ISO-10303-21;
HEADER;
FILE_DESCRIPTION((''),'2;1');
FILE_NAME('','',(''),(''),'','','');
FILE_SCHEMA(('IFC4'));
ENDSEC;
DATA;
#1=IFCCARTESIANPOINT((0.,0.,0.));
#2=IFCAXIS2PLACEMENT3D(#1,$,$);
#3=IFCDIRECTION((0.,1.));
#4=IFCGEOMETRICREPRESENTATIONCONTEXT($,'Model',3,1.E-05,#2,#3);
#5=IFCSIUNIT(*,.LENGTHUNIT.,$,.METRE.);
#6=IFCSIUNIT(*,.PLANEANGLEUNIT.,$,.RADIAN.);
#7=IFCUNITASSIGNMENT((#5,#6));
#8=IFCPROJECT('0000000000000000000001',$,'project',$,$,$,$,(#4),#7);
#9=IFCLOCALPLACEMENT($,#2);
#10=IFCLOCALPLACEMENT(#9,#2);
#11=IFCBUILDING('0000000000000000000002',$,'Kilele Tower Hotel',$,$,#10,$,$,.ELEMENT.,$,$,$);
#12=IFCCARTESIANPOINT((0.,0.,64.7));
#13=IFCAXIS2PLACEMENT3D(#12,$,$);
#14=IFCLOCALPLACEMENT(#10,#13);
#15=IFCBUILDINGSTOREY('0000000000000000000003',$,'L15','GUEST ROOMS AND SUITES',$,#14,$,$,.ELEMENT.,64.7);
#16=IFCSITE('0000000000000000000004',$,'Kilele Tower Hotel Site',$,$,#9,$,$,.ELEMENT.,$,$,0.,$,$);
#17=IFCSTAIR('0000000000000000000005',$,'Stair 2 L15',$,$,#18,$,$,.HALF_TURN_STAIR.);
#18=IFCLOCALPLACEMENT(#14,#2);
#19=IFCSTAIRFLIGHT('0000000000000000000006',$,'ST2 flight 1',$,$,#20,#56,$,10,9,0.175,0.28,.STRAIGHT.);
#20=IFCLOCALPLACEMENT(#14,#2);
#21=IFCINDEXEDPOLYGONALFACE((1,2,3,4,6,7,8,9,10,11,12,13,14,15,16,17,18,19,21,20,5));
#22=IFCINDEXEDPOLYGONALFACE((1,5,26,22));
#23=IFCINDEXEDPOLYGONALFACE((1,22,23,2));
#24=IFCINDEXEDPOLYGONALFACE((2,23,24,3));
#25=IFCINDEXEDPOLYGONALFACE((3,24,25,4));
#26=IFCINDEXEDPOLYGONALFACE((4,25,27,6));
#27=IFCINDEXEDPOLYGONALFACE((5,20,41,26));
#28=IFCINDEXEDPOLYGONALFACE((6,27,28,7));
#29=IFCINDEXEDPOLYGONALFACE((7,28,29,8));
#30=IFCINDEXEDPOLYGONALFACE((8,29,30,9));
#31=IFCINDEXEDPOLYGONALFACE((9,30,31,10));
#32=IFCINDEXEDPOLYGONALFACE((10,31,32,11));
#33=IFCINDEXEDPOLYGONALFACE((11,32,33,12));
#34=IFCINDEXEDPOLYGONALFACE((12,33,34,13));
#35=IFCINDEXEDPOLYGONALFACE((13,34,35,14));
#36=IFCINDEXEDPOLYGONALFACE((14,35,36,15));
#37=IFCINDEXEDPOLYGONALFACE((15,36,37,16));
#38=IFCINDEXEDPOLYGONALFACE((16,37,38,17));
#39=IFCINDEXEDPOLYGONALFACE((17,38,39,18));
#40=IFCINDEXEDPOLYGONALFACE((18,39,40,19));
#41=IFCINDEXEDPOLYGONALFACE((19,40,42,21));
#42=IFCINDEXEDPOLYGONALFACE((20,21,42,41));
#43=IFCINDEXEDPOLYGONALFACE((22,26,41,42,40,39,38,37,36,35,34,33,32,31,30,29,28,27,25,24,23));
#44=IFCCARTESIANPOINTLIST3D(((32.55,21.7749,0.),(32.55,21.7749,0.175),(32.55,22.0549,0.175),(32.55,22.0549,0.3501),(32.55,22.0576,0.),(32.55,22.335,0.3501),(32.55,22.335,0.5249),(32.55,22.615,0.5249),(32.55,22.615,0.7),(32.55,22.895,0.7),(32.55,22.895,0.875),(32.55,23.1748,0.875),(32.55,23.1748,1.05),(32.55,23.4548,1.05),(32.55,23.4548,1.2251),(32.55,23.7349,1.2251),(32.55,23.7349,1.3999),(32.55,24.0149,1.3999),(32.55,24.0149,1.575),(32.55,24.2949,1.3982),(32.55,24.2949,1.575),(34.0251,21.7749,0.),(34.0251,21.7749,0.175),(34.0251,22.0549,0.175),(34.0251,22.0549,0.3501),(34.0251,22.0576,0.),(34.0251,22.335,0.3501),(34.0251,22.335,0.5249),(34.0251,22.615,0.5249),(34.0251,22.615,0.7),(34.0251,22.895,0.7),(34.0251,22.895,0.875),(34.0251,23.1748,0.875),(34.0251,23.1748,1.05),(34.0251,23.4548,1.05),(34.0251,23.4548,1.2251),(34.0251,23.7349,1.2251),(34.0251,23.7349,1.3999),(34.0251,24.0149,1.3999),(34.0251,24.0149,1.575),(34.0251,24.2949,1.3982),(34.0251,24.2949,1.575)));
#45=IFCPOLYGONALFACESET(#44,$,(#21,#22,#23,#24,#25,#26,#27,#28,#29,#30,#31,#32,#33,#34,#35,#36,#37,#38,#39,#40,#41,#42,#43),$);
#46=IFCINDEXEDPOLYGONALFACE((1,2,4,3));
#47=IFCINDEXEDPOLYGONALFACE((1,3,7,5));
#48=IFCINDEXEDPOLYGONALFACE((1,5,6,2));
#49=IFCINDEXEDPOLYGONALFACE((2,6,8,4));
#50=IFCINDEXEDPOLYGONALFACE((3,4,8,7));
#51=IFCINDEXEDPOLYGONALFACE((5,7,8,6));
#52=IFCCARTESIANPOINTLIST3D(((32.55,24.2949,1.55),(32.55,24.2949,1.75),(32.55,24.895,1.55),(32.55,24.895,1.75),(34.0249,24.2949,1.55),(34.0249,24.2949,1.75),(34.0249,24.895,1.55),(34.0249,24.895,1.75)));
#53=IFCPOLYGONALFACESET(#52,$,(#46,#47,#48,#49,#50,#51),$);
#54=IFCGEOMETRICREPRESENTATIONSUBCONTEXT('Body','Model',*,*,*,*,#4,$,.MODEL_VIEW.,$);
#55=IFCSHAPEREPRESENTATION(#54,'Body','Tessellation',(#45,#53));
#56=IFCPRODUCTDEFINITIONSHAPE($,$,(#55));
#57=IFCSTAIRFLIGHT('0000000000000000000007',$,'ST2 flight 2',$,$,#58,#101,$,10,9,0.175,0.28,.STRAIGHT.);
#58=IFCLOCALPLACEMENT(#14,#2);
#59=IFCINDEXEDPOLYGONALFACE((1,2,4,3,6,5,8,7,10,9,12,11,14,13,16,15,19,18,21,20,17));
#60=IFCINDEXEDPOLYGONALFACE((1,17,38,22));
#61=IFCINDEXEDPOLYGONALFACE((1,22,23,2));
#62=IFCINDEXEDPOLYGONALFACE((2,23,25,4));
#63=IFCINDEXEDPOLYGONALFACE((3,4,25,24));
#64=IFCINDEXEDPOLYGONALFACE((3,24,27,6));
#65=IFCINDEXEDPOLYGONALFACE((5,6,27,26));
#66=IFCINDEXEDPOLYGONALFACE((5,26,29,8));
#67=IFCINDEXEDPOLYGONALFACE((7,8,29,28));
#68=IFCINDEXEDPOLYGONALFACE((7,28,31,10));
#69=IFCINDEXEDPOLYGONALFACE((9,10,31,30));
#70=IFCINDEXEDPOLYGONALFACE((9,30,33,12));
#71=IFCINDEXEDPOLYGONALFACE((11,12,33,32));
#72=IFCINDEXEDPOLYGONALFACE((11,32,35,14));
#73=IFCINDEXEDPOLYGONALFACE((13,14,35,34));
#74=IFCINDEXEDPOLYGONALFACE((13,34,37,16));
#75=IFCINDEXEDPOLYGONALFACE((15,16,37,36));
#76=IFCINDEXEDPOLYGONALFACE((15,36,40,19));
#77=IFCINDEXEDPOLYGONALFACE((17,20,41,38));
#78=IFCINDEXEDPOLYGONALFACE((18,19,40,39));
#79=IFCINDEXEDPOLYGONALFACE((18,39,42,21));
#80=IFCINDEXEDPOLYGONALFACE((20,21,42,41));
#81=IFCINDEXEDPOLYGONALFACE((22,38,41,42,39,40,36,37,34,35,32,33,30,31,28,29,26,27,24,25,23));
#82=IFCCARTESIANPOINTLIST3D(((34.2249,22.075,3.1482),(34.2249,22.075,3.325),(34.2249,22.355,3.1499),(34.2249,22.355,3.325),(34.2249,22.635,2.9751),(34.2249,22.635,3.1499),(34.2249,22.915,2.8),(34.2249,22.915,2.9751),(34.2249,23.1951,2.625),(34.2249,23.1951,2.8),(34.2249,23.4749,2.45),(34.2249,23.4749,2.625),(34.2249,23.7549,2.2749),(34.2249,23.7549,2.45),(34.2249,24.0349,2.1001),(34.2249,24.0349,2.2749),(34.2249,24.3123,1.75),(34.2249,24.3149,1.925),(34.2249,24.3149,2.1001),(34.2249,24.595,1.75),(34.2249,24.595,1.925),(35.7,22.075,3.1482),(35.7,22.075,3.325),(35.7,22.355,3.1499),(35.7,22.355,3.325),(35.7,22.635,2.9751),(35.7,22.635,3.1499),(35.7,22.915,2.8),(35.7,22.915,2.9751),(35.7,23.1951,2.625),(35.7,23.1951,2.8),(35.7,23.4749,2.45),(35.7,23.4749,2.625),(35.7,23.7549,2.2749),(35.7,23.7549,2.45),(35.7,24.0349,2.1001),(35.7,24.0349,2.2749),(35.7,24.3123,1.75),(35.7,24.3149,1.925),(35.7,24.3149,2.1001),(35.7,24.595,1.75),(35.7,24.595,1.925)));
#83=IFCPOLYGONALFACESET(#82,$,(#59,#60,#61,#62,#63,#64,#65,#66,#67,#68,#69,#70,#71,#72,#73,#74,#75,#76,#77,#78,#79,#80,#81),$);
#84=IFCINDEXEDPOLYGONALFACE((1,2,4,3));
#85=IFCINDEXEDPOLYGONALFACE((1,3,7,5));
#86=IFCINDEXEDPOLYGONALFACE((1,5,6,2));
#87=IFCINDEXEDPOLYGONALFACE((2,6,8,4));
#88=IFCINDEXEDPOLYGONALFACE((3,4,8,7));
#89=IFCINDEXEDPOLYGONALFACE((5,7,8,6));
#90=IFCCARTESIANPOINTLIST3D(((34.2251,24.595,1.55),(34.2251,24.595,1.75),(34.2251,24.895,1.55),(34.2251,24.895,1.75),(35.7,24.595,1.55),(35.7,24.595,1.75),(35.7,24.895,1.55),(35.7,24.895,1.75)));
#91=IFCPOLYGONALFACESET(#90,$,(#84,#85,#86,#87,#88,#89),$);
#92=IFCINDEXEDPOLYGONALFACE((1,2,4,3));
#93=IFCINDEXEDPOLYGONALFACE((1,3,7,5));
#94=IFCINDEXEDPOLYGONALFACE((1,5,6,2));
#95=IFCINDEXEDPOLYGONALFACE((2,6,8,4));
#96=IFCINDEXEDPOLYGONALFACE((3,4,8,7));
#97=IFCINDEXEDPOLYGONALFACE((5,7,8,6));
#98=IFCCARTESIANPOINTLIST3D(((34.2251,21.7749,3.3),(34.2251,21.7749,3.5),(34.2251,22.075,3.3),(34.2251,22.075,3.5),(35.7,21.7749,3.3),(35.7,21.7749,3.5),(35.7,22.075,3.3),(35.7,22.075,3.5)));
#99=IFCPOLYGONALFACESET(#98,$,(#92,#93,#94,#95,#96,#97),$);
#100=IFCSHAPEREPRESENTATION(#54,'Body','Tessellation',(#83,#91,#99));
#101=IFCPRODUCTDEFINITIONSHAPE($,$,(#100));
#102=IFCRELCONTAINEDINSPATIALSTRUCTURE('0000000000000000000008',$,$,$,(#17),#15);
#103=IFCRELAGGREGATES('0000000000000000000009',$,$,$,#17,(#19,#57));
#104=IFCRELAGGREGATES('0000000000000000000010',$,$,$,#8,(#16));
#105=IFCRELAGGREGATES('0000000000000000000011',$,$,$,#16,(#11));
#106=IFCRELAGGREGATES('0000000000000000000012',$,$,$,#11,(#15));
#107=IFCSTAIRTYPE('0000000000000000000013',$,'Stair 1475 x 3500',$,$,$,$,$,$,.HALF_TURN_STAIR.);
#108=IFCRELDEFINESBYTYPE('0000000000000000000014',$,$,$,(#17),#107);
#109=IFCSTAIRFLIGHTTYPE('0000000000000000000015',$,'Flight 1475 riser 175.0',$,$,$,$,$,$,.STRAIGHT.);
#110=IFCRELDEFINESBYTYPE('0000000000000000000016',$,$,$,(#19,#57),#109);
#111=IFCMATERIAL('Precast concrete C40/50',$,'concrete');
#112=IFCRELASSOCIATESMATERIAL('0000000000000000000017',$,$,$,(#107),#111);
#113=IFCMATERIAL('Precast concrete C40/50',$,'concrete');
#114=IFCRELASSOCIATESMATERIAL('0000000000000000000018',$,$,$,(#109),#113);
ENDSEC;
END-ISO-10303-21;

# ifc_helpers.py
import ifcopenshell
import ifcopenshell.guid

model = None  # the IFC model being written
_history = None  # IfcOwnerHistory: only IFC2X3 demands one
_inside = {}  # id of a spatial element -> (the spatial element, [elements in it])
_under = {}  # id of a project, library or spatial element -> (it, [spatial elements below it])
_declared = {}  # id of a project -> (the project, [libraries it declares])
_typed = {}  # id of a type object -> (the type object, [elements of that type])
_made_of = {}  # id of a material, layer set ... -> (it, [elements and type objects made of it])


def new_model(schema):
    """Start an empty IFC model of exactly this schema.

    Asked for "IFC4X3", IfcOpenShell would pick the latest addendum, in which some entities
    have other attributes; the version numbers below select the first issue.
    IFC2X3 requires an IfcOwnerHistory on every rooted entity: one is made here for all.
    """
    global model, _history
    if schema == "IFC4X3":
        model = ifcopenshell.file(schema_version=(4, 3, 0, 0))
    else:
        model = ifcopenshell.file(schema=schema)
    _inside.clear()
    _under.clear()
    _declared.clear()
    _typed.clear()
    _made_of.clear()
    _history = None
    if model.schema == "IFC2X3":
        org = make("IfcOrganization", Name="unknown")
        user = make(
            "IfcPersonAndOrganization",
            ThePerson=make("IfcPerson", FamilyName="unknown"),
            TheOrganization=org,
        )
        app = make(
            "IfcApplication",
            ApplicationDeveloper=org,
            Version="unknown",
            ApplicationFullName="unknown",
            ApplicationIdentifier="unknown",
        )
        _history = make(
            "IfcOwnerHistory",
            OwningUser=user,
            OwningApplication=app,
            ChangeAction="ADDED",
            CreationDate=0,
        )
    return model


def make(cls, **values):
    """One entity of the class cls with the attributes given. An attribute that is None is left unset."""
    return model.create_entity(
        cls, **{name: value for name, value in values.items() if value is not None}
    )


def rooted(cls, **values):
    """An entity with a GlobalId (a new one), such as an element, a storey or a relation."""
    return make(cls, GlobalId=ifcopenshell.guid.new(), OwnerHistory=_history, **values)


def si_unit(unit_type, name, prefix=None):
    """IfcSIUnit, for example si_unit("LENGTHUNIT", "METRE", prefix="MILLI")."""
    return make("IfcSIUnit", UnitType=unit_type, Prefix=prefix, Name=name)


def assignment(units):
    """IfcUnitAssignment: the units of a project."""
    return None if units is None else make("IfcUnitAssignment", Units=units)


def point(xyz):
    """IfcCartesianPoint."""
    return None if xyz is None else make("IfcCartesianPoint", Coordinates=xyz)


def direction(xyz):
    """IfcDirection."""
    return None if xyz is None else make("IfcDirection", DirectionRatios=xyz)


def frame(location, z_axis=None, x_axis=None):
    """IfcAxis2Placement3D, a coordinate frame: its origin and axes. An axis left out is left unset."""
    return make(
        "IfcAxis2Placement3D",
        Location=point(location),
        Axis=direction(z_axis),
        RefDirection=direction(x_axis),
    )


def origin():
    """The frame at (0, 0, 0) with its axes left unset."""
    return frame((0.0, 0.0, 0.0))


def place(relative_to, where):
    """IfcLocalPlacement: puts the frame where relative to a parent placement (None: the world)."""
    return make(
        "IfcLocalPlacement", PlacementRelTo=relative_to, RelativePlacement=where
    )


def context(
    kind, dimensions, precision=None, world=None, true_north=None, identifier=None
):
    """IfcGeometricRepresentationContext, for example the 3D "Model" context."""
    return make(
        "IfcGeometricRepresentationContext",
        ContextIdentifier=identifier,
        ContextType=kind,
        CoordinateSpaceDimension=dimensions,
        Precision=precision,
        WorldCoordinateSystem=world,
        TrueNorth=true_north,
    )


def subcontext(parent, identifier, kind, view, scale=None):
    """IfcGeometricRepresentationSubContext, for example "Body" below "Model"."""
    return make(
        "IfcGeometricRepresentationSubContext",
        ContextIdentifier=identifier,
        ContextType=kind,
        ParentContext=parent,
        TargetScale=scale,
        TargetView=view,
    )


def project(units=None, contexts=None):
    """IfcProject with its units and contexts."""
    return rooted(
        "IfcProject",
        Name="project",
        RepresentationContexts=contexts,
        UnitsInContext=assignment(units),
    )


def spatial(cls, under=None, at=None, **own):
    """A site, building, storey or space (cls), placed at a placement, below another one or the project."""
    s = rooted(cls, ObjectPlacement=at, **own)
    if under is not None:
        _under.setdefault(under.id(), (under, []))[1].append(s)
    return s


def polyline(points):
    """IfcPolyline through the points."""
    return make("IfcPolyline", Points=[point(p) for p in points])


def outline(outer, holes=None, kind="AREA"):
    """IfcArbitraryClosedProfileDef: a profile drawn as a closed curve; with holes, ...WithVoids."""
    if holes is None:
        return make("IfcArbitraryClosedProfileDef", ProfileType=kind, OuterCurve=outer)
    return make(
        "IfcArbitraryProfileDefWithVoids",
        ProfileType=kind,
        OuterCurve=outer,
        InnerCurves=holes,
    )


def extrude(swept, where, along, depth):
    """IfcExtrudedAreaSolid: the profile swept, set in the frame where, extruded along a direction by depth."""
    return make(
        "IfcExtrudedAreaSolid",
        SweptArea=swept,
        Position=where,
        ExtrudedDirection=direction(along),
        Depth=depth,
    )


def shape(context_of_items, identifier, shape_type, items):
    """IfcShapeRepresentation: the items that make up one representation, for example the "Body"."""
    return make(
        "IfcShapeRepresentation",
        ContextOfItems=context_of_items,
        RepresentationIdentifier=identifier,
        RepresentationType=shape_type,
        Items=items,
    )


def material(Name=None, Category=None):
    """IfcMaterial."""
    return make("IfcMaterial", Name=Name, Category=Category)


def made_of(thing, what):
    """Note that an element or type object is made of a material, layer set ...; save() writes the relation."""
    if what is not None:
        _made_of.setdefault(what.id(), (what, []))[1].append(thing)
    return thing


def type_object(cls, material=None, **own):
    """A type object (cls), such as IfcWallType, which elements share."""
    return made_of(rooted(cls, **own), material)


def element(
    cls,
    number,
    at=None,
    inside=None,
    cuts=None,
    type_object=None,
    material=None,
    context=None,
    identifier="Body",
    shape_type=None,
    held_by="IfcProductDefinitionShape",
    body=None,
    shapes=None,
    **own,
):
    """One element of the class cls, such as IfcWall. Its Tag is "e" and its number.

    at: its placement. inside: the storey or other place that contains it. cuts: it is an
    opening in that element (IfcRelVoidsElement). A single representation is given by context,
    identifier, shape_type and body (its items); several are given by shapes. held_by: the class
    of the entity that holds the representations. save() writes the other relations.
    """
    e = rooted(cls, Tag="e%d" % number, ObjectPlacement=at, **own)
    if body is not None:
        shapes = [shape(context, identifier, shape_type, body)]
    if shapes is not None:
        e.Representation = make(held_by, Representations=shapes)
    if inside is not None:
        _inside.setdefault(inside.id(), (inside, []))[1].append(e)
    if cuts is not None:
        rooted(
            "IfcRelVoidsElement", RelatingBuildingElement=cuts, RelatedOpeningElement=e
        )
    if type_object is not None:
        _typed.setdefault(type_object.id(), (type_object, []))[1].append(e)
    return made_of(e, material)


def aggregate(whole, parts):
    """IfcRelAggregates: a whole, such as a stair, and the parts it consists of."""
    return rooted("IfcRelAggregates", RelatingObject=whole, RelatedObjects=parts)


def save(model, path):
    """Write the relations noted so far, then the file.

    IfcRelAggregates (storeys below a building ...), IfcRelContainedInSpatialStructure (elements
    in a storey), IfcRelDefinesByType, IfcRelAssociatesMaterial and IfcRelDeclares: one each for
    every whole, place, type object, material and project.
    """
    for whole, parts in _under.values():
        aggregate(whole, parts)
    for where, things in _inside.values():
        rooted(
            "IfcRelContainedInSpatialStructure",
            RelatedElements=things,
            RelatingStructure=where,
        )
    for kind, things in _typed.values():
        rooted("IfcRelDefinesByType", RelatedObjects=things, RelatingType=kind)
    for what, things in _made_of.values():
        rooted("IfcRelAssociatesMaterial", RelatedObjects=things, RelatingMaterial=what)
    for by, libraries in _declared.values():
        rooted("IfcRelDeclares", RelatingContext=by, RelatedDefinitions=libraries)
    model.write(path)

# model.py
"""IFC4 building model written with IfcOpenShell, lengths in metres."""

from ifc_helpers import new_model, si_unit, direction, frame, origin, place, context, subcontext, project, spatial, polyline, outline, extrude, material, type_object, element, aggregate, save


model = new_model("IFC4")

# Units and contexts
model_context = context("Model", 3, precision=1e-05, world=origin(), true_north=direction((0.0, 1.0)))
body_context = subcontext(model_context, "Body", "Model", "MODEL_VIEW")
ifc_project = project(units=[si_unit("LENGTHUNIT", "METRE"), si_unit("PLANEANGLEUNIT", "RADIAN")], contexts=[model_context])

# Site, building, storey
site_placement = place(None, origin())
site = spatial("IfcSite", under=ifc_project, at=site_placement, Name="Kilele Tower Hotel Site", CompositionType="ELEMENT", RefElevation=0.0)
building_placement = place(site_placement, origin())
building = spatial("IfcBuilding", under=site, at=building_placement, Name="Kilele Tower Hotel", CompositionType="ELEMENT")
storey_placement = place(building_placement, frame((0.0, 0.0, 64.7)))
storey = spatial("IfcBuildingStorey", under=building, at=storey_placement, Name="L15", Description="GUEST ROOMS AND SUITES", CompositionType="ELEMENT", Elevation=64.7)

# Stair, stair flights
ifc_material_1 = material(Name="Precast concrete C40/50", Category="concrete")
stair_type = type_object("IfcStairType", Name="Stair 1475 x 3500", PredefinedType="HALF_TURN_STAIR", material=ifc_material_1)
stair_placement = place(storey_placement, origin())
stair = element("IfcStair", 1, at=stair_placement, inside=storey, type_object=stair_type, Name="Stair 2 L15", PredefinedType="HALF_TURN_STAIR")
ifc_material_2 = material(Name="Precast concrete C40/50", Category="concrete")
stair_flight_type = type_object("IfcStairFlightType", Name="Flight 1475 riser 175.0", PredefinedType="STRAIGHT", material=ifc_material_2)
stair_flight_1_placement = place(storey_placement, frame((33.2876, 21.7749, 0.0), z_axis=(0.0, 0.0, 1.0), x_axis=(0.0, 1.0, 0.0)))
stair_flight_1 = element("IfcStairFlight", 2, at=stair_flight_1_placement, type_object=stair_flight_type, Name="ST2 flight 1", NumberOfRisers=10, NumberOfTreads=9, PredefinedType="STRAIGHT", RiserHeight=0.175, TreadLength=0.28, context=body_context, shape_type="SweptSolid", body=[
    extrude(outline(polyline([(0.0, 0.0), (0.0, 0.175), (0.28, 0.175), (0.28, 0.3501), (0.5601, 0.3501), (0.5601, 0.5249), (0.8401, 0.5249), (0.8401, 0.7), (1.1201, 0.7), (1.1201, 0.875), (1.3999, 0.875), (1.3999, 1.05), (1.6799, 1.05), (1.6799, 1.2251), (1.96, 1.2251), (1.96, 1.3999), (2.24, 1.3999), (2.24, 1.575), (2.52, 1.575), (2.52, 1.75), (2.52, 1.3982), (0.2827, 0.0), (0.0, 0.0)])), frame((0.0, 0.7375, 0.0), z_axis=(0.0, -1.0, 0.0), x_axis=(1.0, 0.0, 0.0)), (0.0, 0.0, 1.0), 1.4751),
    extrude(outline(polyline([(2.52, 0.7375), (2.52, -0.7373), (3.1201, -0.7373), (3.1201, 0.7375), (2.52, 0.7375)])), frame((0.0, 0.0, 1.55)), (0.0, 0.0, 1.0), 0.2),
])
stair_flight_2_placement = place(storey_placement, frame((34.9624, 24.595, 1.75), z_axis=(0.0, 0.0, 1.0), x_axis=(0.0, -1.0, 0.0)))
stair_flight_2 = element("IfcStairFlight", 3, at=stair_flight_2_placement, type_object=stair_flight_type, Name="ST2 flight 2", NumberOfRisers=10, NumberOfTreads=9, PredefinedType="STRAIGHT", RiserHeight=0.175, TreadLength=0.28, context=body_context, shape_type="SweptSolid", body=[
    extrude(outline(polyline([(0.0, 0.0), (0.0, 0.175), (0.28, 0.175), (0.28, 0.3501), (0.5601, 0.3501), (0.5601, 0.5249), (0.8401, 0.5249), (0.8401, 0.7), (1.1201, 0.7), (1.1201, 0.875), (1.3999, 0.875), (1.3999, 1.05), (1.6799, 1.05), (1.6799, 1.2251), (1.96, 1.2251), (1.96, 1.3999), (2.24, 1.3999), (2.24, 1.575), (2.52, 1.575), (2.52, 1.75), (2.52, 1.3982), (0.2827, 0.0), (0.0, 0.0)])), frame((0.0, 0.7375, 0.0), z_axis=(0.0, -1.0, 0.0), x_axis=(1.0, 0.0, 0.0)), (0.0, 0.0, 1.0), 1.4751),
    extrude(outline(polyline([(0.0, -0.7373), (0.0, 0.7375), (-0.3, 0.7375), (-0.3, -0.7373), (0.0, -0.7373)])), frame((0.0, 0.0, -0.2)), (0.0, 0.0, 1.0), 0.2),
    extrude(outline(polyline([(2.8201, -0.7373), (2.8201, 0.7375), (2.52, 0.7375), (2.52, -0.7373), (2.8201, -0.7373)])), frame((0.0, 0.0, 1.55)), (0.0, 0.0, 1.0), 0.2),
])
aggregate(stair, [stair_flight_1, stair_flight_2])

save(model, "model.ifc")
